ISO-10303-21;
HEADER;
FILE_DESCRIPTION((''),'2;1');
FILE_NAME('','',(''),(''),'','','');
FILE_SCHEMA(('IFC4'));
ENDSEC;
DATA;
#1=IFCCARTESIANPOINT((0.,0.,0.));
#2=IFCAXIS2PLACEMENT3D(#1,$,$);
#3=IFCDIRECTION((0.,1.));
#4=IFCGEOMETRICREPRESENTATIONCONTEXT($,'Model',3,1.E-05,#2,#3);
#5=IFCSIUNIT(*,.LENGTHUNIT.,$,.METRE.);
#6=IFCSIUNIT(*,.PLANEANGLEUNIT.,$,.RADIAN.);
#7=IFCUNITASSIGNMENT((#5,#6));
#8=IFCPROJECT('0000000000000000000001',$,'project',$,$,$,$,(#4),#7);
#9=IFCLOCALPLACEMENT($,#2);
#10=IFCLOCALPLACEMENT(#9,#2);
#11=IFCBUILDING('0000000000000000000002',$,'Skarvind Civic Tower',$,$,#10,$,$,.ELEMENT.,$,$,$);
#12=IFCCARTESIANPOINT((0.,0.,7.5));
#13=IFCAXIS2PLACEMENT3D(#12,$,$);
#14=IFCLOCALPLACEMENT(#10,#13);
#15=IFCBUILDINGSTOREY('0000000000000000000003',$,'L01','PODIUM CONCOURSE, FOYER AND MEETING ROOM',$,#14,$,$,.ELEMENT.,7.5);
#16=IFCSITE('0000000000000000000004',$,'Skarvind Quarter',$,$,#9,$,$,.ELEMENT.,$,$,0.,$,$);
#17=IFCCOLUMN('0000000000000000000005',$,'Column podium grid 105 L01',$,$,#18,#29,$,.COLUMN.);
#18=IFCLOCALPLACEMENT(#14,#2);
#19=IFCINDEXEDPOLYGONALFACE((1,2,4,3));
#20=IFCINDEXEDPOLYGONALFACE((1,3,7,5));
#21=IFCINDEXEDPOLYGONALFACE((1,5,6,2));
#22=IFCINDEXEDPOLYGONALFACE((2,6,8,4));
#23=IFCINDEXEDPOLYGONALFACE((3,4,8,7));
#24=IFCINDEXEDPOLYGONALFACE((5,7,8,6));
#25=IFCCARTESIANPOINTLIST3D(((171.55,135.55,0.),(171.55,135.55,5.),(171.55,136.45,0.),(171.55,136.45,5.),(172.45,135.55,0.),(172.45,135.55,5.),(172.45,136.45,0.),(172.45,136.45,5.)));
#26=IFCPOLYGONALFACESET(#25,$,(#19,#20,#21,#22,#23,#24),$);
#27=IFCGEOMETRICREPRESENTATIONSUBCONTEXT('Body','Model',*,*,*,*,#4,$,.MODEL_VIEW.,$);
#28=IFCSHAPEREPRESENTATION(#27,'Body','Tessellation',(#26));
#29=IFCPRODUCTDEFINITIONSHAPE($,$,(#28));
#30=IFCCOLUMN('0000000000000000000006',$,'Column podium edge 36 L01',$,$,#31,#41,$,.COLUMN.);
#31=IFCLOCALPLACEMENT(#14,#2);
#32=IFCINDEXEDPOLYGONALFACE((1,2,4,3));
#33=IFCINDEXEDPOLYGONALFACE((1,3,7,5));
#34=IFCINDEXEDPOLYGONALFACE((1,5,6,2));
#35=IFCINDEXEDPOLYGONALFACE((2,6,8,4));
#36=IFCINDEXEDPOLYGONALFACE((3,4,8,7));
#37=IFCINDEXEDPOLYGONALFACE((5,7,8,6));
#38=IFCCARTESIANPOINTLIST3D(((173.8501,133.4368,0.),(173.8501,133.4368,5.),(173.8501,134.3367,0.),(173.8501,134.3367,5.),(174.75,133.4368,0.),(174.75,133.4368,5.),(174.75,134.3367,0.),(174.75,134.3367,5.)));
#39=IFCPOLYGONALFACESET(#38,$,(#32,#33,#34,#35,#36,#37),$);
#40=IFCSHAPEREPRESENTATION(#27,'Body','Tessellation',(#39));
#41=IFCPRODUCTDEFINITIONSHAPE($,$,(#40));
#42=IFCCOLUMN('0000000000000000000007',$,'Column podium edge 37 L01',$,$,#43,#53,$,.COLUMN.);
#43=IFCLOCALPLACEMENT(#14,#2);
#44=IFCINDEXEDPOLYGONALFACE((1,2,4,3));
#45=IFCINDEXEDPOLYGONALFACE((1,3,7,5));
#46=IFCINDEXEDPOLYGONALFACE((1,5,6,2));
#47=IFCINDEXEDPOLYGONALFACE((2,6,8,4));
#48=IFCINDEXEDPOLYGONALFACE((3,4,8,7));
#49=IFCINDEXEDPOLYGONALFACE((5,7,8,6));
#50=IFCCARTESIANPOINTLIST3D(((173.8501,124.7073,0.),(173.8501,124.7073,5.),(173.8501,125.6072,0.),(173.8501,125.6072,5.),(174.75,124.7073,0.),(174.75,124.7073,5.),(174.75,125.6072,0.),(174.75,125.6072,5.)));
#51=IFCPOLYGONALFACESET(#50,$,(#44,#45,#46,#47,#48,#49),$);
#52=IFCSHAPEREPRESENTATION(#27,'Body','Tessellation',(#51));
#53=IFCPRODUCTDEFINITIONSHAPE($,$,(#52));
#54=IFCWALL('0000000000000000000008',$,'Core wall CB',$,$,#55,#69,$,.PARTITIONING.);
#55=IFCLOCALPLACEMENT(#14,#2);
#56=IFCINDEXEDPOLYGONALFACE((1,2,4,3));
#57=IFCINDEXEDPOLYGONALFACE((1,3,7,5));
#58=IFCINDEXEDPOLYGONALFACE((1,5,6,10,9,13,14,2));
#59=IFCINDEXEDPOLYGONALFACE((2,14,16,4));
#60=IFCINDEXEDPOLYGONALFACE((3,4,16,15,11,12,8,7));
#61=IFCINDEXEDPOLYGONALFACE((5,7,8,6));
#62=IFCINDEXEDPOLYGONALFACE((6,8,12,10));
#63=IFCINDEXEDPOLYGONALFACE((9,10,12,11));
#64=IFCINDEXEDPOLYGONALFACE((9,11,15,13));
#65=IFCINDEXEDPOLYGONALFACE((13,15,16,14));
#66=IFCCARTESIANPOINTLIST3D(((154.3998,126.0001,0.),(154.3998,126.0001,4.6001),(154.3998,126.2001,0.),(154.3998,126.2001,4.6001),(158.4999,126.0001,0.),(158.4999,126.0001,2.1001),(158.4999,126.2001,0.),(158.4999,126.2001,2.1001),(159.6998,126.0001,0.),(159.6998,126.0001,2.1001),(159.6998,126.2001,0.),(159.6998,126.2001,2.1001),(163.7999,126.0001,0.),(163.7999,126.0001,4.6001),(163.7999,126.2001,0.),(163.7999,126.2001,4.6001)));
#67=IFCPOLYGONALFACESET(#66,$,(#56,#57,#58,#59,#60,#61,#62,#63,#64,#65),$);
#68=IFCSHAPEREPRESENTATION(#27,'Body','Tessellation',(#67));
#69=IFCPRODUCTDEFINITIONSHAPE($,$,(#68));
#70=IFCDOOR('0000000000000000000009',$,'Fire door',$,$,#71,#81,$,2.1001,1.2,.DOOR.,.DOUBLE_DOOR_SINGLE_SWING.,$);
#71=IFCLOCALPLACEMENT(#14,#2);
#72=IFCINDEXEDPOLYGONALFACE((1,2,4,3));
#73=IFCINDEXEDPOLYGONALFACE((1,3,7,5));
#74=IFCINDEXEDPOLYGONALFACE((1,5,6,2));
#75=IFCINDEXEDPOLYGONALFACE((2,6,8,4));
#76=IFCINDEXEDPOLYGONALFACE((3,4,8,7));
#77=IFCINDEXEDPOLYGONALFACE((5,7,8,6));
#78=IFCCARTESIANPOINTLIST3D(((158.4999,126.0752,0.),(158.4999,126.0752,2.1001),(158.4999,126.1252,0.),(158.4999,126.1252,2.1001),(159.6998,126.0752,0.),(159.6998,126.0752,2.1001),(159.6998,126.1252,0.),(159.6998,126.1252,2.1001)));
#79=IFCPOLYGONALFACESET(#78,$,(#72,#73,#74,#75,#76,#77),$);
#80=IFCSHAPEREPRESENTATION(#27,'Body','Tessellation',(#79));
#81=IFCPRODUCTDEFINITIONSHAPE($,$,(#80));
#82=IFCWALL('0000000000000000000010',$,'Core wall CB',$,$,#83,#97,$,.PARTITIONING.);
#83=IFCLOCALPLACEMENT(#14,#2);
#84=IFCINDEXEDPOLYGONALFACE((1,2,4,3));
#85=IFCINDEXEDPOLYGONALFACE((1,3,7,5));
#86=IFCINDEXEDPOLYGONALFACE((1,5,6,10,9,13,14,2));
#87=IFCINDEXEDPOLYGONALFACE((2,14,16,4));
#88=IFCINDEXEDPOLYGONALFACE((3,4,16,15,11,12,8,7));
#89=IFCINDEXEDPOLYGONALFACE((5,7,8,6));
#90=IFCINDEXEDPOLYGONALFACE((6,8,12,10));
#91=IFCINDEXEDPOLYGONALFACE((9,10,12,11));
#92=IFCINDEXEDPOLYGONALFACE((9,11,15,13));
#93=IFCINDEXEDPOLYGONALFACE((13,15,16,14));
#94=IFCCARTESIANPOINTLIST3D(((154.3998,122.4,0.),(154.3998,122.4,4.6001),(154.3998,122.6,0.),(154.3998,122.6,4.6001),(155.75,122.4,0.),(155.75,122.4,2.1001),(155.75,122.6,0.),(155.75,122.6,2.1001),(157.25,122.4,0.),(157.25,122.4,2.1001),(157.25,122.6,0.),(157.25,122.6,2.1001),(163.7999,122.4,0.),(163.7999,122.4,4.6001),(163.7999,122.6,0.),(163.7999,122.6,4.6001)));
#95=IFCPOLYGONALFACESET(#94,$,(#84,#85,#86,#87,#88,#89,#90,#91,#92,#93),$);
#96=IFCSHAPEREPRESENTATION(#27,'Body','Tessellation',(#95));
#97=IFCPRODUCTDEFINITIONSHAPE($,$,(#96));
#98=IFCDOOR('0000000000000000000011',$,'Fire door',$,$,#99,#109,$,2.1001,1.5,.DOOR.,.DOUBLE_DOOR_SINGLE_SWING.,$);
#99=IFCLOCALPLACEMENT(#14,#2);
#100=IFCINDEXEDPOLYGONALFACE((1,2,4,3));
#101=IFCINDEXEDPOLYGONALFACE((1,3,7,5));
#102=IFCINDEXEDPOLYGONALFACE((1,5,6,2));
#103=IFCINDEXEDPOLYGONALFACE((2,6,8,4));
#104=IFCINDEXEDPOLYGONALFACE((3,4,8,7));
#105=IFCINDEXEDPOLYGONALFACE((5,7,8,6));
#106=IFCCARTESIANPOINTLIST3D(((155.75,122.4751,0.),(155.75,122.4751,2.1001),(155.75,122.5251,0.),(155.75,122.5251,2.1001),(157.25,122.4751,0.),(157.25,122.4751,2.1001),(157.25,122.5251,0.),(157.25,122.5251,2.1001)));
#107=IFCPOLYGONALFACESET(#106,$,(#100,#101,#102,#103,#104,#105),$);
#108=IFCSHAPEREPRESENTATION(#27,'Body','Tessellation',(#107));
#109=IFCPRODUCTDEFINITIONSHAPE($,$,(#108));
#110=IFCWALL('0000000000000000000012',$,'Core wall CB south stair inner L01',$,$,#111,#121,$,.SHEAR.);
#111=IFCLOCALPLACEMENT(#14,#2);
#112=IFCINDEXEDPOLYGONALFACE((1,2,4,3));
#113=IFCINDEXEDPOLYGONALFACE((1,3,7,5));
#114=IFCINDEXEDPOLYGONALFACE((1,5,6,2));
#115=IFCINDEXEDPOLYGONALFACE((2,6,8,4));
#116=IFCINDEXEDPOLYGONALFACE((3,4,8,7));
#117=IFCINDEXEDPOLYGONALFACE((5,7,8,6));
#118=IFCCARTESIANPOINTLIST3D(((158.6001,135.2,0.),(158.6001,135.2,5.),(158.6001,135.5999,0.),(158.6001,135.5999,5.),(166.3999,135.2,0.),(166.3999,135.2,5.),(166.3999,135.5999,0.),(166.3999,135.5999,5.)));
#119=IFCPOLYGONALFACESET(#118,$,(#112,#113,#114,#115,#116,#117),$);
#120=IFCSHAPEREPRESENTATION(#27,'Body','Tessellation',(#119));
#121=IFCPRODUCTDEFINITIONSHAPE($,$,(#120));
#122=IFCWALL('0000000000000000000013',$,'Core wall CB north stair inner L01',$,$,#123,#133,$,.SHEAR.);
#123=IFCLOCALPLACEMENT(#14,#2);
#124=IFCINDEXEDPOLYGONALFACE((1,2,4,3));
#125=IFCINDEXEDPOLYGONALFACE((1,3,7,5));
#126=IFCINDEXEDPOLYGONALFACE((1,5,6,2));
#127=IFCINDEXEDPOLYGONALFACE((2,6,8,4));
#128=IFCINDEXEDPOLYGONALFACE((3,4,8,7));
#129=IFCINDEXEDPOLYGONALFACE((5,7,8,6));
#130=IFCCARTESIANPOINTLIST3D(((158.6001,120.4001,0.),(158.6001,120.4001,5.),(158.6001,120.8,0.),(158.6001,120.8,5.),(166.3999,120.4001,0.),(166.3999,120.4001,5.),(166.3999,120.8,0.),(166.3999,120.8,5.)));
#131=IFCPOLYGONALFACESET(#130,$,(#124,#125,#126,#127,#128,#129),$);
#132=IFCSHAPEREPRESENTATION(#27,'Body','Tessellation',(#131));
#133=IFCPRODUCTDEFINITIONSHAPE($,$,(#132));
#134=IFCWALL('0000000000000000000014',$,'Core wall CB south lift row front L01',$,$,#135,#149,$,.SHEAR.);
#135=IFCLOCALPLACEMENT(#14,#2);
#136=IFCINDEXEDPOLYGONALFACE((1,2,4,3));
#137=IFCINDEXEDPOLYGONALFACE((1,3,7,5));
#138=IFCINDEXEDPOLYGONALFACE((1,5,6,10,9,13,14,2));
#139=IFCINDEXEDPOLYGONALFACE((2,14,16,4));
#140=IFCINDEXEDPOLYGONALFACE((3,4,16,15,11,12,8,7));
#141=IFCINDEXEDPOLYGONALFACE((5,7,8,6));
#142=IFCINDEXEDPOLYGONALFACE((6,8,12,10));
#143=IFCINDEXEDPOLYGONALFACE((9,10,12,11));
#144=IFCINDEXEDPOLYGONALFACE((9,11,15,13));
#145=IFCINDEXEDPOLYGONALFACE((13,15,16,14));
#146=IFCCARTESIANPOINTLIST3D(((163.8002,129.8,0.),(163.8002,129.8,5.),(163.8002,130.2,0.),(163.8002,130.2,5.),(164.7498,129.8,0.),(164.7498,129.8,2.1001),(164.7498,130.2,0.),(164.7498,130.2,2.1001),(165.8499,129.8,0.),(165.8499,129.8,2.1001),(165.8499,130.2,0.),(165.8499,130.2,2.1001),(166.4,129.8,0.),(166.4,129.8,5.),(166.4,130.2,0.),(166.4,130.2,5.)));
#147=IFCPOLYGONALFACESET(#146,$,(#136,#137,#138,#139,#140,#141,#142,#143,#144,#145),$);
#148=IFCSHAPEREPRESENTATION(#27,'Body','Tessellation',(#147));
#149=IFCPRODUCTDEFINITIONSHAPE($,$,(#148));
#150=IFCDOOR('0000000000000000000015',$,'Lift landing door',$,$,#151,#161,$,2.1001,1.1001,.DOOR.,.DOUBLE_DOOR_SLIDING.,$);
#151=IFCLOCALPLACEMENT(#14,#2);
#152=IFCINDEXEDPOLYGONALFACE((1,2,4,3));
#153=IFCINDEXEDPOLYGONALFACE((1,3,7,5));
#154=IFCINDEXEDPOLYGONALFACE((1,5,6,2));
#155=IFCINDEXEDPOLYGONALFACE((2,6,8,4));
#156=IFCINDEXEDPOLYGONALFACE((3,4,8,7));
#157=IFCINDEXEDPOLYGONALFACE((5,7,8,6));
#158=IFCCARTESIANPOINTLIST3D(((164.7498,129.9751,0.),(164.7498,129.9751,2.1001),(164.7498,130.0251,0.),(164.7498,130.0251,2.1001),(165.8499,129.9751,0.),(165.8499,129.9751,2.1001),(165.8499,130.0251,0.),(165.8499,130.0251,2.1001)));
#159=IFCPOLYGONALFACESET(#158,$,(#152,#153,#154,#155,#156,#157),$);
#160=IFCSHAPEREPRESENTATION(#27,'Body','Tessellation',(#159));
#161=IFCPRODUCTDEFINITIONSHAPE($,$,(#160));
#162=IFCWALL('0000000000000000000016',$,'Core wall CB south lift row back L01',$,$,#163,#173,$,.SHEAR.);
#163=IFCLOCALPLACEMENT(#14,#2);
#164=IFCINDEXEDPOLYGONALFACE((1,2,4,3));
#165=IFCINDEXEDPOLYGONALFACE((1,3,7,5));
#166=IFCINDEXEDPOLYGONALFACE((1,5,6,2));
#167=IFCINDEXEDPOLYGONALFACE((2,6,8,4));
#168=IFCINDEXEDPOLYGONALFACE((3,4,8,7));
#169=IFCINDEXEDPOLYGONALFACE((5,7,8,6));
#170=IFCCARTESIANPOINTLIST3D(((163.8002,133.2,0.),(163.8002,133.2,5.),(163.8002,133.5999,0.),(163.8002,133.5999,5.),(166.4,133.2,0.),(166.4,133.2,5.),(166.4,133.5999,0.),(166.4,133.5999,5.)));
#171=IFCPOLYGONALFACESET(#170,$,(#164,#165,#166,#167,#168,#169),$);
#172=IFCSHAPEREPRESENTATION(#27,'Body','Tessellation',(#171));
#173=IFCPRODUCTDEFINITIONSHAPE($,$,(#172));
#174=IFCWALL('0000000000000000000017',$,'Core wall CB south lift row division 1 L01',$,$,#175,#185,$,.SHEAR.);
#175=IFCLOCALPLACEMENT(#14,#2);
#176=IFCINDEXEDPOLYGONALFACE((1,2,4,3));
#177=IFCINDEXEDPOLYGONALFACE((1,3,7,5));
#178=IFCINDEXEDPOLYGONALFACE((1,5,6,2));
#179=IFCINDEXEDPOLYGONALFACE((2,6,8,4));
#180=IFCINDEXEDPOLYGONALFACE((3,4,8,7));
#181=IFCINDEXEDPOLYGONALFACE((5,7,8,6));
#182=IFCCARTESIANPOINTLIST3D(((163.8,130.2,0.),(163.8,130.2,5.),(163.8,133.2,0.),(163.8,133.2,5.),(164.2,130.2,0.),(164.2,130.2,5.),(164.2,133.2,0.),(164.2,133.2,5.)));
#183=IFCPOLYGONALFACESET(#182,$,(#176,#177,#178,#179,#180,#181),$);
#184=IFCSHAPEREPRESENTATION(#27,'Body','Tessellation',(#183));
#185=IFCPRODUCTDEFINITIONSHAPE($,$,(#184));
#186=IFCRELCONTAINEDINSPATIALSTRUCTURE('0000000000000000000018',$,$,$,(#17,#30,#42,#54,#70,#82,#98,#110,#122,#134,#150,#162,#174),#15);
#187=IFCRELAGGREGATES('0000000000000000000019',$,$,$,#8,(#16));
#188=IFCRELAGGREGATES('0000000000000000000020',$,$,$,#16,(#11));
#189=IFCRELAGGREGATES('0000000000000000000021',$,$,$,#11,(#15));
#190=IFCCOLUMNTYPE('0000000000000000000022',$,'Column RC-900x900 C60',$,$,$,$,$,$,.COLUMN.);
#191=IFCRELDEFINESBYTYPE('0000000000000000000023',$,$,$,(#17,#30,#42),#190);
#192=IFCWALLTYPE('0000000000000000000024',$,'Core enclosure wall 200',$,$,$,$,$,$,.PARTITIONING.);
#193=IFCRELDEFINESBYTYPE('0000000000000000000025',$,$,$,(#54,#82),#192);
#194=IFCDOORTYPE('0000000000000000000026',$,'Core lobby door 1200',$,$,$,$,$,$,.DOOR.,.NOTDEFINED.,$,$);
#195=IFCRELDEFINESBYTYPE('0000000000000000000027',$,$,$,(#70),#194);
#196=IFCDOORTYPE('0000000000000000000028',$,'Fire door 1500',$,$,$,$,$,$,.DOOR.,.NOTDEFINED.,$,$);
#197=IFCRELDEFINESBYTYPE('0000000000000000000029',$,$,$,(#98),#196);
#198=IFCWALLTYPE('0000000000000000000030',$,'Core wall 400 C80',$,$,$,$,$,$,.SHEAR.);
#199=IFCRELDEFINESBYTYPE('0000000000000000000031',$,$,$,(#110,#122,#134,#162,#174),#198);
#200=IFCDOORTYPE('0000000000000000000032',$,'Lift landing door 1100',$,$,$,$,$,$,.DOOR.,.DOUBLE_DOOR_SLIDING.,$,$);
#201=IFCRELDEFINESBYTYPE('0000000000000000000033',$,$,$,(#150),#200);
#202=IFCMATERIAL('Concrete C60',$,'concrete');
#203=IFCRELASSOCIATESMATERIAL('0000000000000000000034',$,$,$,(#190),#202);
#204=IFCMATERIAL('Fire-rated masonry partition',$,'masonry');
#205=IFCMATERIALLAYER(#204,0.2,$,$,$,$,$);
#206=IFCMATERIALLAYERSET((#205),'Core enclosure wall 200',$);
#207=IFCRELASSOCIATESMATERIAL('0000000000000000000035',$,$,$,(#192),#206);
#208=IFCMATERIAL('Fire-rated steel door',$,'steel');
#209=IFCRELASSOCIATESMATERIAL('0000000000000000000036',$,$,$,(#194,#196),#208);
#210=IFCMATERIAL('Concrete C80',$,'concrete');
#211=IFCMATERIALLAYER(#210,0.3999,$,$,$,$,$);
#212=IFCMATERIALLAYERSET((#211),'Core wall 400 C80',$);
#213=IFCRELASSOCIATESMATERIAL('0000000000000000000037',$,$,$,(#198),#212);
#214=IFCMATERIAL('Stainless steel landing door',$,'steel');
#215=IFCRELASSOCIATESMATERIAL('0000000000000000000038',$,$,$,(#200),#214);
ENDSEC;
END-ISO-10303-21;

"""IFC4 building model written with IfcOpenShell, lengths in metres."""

from ifc_helpers import new_model, si_unit, direction, frame, frame_2d, origin, origin_2d, place, context, subcontext, project, spatial, rectangle, extrude, material, layer, layer_set, material_profile, profile_set, type_object, element, fill, save


model = new_model("IFC4")

# Units and contexts
model_context = context("Model", 3, precision=1e-05, world=origin(), true_north=direction((0.0, 1.0)))
body_context = subcontext(model_context, "Body", "Model", "MODEL_VIEW")
ifc_project = project(units=[si_unit("LENGTHUNIT", "METRE"), si_unit("PLANEANGLEUNIT", "RADIAN")], contexts=[model_context])

# Site, building, storey
site_placement = place(None, origin())
site = spatial("IfcSite", under=ifc_project, at=site_placement, Name="Skarvind Quarter", CompositionType="ELEMENT", RefElevation=0.0)
building_placement = place(site_placement, origin())
building = spatial("IfcBuilding", under=site, at=building_placement, Name="Skarvind Civic Tower", CompositionType="ELEMENT")
storey_placement = place(building_placement, frame((0.0, 0.0, 7.5)))
storey = spatial("IfcBuildingStorey", under=building, at=storey_placement, Name="L01", Description="PODIUM CONCOURSE, FOYER AND MEETING ROOM", CompositionType="ELEMENT", Elevation=7.5)

# Columns
ifc_material_1 = material(Name="Concrete C60", Category="concrete")
ifc_material_profile = material_profile(ifc_material_1, rectangle(XDim=0.8999, YDim=0.8999, at=origin_2d()), Name="RC-900x900")
ifc_profile_set = profile_set([ifc_material_profile], Name="Concrete C60")
column_type = type_object("IfcColumnType", Name="Column RC-900x900 C60", PredefinedType="COLUMN", material=ifc_profile_set)
for number, where, z_axis, x_axis, name in (
    (1, (172.0, 136.0, 0.0), (0.0, 0.0, 1.0), (1.0, 0.0, 0.0), "Column podium grid 105 L01"),
    (2, (174.3, 133.8867, 0.0), (0.0, 0.0, 1.0), (1.0, 0.0, 0.0), "Column podium edge 36 L01"),
    (3, (174.3, 125.1572, 0.0), (0.0, 0.0, 1.0), (1.0, 0.0, 0.0), "Column podium edge 37 L01"),
):
    element("IfcColumn", number, at=place(storey_placement, frame(where, z_axis=z_axis, x_axis=x_axis)), inside=storey, type_object=column_type, Name=name, PredefinedType="COLUMN", context=body_context, shape_type="SweptSolid", body=[
        extrude(rectangle(XDim=0.8999, YDim=0.8999, at=origin_2d()), origin(), (0.0, 0.0, 1.0), 5.0),
    ])

# Walls, openings, doors
ifc_material_2 = material(Name="Fire-rated masonry partition", Category="masonry")
ifc_layer_1 = layer(ifc_material_2, 0.2)
ifc_layer_set_1 = layer_set([ifc_layer_1], Name="Core enclosure wall 200")
wall_type_1 = type_object("IfcWallType", Name="Core enclosure wall 200", PredefinedType="PARTITIONING", material=ifc_layer_set_1)
wall_1_placement = place(storey_placement, frame((163.8, 126.1001, 0.0), z_axis=(0.0, 0.0, 1.0), x_axis=(-1.0, 0.0, 0.0)))
wall_1 = element("IfcWall", 4, at=wall_1_placement, inside=storey, type_object=wall_type_1, Name="Core wall CB", PredefinedType="PARTITIONING", context=body_context, shape_type="SweptSolid", body=[
    extrude(rectangle(XDim=9.4001, YDim=0.2, at=frame_2d((4.7002, 0.0))), origin(), (0.0, 0.0, 1.0), 4.6001),
])
opening_1_placement = place(wall_1_placement, frame((4.1001, 0.0, 0.0)))
opening_1 = element("IfcOpeningElement", 5, at=opening_1_placement, cuts=wall_1, PredefinedType="OPENING", context=body_context, shape_type="SweptSolid", body=[
    extrude(rectangle(XDim=1.2, YDim=2.1001, at=frame_2d((0.6001, 1.05))), frame((0.0, 0.1099, 0.0), z_axis=(0.0, -1.0, 0.0), x_axis=(1.0, 0.0, 0.0)), (0.0, 0.0, 1.0), 0.22),
])
ifc_material_3 = material(Name="Fire-rated steel door", Category="steel")
door_type_1 = type_object("IfcDoorType", Name="Core lobby door 1200", OperationType="NOTDEFINED", PredefinedType="DOOR", material=ifc_material_3)
door_1_placement = place(opening_1_placement, origin())
door_1 = element("IfcDoor", 6, at=door_1_placement, inside=storey, type_object=door_type_1, Name="Fire door", OperationType="DOUBLE_DOOR_SINGLE_SWING", OverallHeight=2.1001, OverallWidth=1.2, PredefinedType="DOOR", context=body_context, shape_type="SweptSolid", body=[
    extrude(rectangle(XDim=1.2, YDim=2.1001, at=frame_2d((0.6001, 1.05))), frame((0.0, 0.0249, 0.0), z_axis=(0.0, -1.0, 0.0), x_axis=(1.0, 0.0, 0.0)), (0.0, 0.0, 1.0), 0.05),
])
fill(opening_1, door_1)
wall_2_placement = place(storey_placement, frame((163.8, 122.5, 0.0), z_axis=(0.0, 0.0, 1.0), x_axis=(-1.0, 0.0, 0.0)))
wall_2 = element("IfcWall", 7, at=wall_2_placement, inside=storey, type_object=wall_type_1, Name="Core wall CB", PredefinedType="PARTITIONING", context=body_context, shape_type="SweptSolid", body=[
    extrude(rectangle(XDim=9.4001, YDim=0.2, at=frame_2d((4.7002, 0.0))), origin(), (0.0, 0.0, 1.0), 4.6001),
])
opening_2_placement = place(wall_2_placement, frame((6.55, 0.0, 0.0)))
opening_2 = element("IfcOpeningElement", 8, at=opening_2_placement, cuts=wall_2, PredefinedType="OPENING", context=body_context, shape_type="SweptSolid", body=[
    extrude(rectangle(XDim=1.5, YDim=2.1001, at=frame_2d((0.75, 1.05))), frame((0.0, 0.1099, 0.0), z_axis=(0.0, -1.0, 0.0), x_axis=(1.0, 0.0, 0.0)), (0.0, 0.0, 1.0), 0.22),
])
door_type_2 = type_object("IfcDoorType", Name="Fire door 1500", OperationType="NOTDEFINED", PredefinedType="DOOR", material=ifc_material_3)
door_2_placement = place(opening_2_placement, origin())
door_2 = element("IfcDoor", 9, at=door_2_placement, inside=storey, type_object=door_type_2, Name="Fire door", OperationType="DOUBLE_DOOR_SINGLE_SWING", OverallHeight=2.1001, OverallWidth=1.5, PredefinedType="DOOR", context=body_context, shape_type="SweptSolid", body=[
    extrude(rectangle(XDim=1.5, YDim=2.1001, at=frame_2d((0.75, 1.05))), frame((0.0, 0.0249, 0.0), z_axis=(0.0, -1.0, 0.0), x_axis=(1.0, 0.0, 0.0)), (0.0, 0.0, 1.0), 0.05),
])
fill(opening_2, door_2)

# Walls
ifc_material_4 = material(Name="Concrete C80", Category="concrete")
ifc_layer_2 = layer(ifc_material_4, 0.3999)
ifc_layer_set_2 = layer_set([ifc_layer_2], Name="Core wall 400 C80")
wall_type_2 = type_object("IfcWallType", Name="Core wall 400 C80", PredefinedType="SHEAR", material=ifc_layer_set_2)
for number, where, z_axis, x_axis, name in (
    (10, (166.3999, 135.3999, 0.0), (0.0, 0.0, 1.0), (-1.0, 0.0, 0.0), "Core wall CB south stair inner L01"),
    (11, (166.3999, 120.6001, 0.0), (0.0, 0.0, 1.0), (-1.0, 0.0, 0.0), "Core wall CB north stair inner L01"),
):
    element("IfcWall", number, at=place(storey_placement, frame(where, z_axis=z_axis, x_axis=x_axis)), inside=storey, type_object=wall_type_2, Name=name, PredefinedType="SHEAR", context=body_context, shape_type="SweptSolid", body=[
        extrude(rectangle(XDim=7.7998, YDim=0.3999, at=frame_2d((3.8999, 0.0))), origin(), (0.0, 0.0, 1.0), 5.0),
    ])

# Wall, opening, door
wall_3_placement = place(storey_placement, frame((166.3999, 130.0, 0.0), z_axis=(0.0, 0.0, 1.0), x_axis=(-1.0, 0.0, 0.0)))
wall_3 = element("IfcWall", 12, at=wall_3_placement, inside=storey, type_object=wall_type_2, Name="Core wall CB south lift row front L01", PredefinedType="SHEAR", context=body_context, shape_type="SweptSolid", body=[
    extrude(rectangle(XDim=2.5999, YDim=0.3999, at=frame_2d((1.2998, 0.0))), origin(), (0.0, 0.0, 1.0), 5.0),
])
opening_3_placement = place(wall_3_placement, frame((0.55, 0.0, 0.0)))
opening_3 = element("IfcOpeningElement", 13, at=opening_3_placement, cuts=wall_3, PredefinedType="OPENING", context=body_context, shape_type="SweptSolid", body=[
    extrude(rectangle(XDim=1.1001, YDim=2.1001, at=frame_2d((0.55, 1.05))), frame((0.0, 0.21, 0.0), z_axis=(0.0, -1.0, 0.0), x_axis=(1.0, 0.0, 0.0)), (0.0, 0.0, 1.0), 0.4199),
])
ifc_material_5 = material(Name="Stainless steel landing door", Category="steel")
door_type_3 = type_object("IfcDoorType", Name="Lift landing door 1100", OperationType="DOUBLE_DOOR_SLIDING", PredefinedType="DOOR", material=ifc_material_5)
door_3_placement = place(opening_3_placement, origin())
door_3 = element("IfcDoor", 14, at=door_3_placement, inside=storey, type_object=door_type_3, Name="Lift landing door", OperationType="DOUBLE_DOOR_SLIDING", OverallHeight=2.1001, OverallWidth=1.1001, PredefinedType="DOOR", context=body_context, shape_type="SweptSolid", body=[
    extrude(rectangle(XDim=1.1001, YDim=2.1001, at=frame_2d((0.55, 1.05))), frame((0.0, 0.0249, 0.0), z_axis=(0.0, -1.0, 0.0), x_axis=(1.0, 0.0, 0.0)), (0.0, 0.0, 1.0), 0.05),
])
fill(opening_3, door_3)

# Walls
wall_4_placement = place(storey_placement, frame((166.3999, 133.3999, 0.0), z_axis=(0.0, 0.0, 1.0), x_axis=(-1.0, 0.0, 0.0)))
element("IfcWall", 15, at=wall_4_placement, inside=storey, type_object=wall_type_2, Name="Core wall CB south lift row back L01", PredefinedType="SHEAR", context=body_context, shape_type="SweptSolid", body=[
    extrude(rectangle(XDim=2.5999, YDim=0.3999, at=frame_2d((1.2998, 0.0))), origin(), (0.0, 0.0, 1.0), 5.0),
])
wall_5_placement = place(storey_placement, frame((164.0, 133.2, 0.0), z_axis=(0.0, 0.0, 1.0), x_axis=(0.0, -1.0, 0.0)))
element("IfcWall", 16, at=wall_5_placement, inside=storey, type_object=wall_type_2, Name="Core wall CB south lift row division 1 L01", PredefinedType="SHEAR", context=body_context, shape_type="SweptSolid", body=[
    extrude(rectangle(XDim=3.0, YDim=0.3999, at=frame_2d((1.5, 0.0))), origin(), (0.0, 0.0, 1.0), 5.0),
])

save(model, "model.ifc")
